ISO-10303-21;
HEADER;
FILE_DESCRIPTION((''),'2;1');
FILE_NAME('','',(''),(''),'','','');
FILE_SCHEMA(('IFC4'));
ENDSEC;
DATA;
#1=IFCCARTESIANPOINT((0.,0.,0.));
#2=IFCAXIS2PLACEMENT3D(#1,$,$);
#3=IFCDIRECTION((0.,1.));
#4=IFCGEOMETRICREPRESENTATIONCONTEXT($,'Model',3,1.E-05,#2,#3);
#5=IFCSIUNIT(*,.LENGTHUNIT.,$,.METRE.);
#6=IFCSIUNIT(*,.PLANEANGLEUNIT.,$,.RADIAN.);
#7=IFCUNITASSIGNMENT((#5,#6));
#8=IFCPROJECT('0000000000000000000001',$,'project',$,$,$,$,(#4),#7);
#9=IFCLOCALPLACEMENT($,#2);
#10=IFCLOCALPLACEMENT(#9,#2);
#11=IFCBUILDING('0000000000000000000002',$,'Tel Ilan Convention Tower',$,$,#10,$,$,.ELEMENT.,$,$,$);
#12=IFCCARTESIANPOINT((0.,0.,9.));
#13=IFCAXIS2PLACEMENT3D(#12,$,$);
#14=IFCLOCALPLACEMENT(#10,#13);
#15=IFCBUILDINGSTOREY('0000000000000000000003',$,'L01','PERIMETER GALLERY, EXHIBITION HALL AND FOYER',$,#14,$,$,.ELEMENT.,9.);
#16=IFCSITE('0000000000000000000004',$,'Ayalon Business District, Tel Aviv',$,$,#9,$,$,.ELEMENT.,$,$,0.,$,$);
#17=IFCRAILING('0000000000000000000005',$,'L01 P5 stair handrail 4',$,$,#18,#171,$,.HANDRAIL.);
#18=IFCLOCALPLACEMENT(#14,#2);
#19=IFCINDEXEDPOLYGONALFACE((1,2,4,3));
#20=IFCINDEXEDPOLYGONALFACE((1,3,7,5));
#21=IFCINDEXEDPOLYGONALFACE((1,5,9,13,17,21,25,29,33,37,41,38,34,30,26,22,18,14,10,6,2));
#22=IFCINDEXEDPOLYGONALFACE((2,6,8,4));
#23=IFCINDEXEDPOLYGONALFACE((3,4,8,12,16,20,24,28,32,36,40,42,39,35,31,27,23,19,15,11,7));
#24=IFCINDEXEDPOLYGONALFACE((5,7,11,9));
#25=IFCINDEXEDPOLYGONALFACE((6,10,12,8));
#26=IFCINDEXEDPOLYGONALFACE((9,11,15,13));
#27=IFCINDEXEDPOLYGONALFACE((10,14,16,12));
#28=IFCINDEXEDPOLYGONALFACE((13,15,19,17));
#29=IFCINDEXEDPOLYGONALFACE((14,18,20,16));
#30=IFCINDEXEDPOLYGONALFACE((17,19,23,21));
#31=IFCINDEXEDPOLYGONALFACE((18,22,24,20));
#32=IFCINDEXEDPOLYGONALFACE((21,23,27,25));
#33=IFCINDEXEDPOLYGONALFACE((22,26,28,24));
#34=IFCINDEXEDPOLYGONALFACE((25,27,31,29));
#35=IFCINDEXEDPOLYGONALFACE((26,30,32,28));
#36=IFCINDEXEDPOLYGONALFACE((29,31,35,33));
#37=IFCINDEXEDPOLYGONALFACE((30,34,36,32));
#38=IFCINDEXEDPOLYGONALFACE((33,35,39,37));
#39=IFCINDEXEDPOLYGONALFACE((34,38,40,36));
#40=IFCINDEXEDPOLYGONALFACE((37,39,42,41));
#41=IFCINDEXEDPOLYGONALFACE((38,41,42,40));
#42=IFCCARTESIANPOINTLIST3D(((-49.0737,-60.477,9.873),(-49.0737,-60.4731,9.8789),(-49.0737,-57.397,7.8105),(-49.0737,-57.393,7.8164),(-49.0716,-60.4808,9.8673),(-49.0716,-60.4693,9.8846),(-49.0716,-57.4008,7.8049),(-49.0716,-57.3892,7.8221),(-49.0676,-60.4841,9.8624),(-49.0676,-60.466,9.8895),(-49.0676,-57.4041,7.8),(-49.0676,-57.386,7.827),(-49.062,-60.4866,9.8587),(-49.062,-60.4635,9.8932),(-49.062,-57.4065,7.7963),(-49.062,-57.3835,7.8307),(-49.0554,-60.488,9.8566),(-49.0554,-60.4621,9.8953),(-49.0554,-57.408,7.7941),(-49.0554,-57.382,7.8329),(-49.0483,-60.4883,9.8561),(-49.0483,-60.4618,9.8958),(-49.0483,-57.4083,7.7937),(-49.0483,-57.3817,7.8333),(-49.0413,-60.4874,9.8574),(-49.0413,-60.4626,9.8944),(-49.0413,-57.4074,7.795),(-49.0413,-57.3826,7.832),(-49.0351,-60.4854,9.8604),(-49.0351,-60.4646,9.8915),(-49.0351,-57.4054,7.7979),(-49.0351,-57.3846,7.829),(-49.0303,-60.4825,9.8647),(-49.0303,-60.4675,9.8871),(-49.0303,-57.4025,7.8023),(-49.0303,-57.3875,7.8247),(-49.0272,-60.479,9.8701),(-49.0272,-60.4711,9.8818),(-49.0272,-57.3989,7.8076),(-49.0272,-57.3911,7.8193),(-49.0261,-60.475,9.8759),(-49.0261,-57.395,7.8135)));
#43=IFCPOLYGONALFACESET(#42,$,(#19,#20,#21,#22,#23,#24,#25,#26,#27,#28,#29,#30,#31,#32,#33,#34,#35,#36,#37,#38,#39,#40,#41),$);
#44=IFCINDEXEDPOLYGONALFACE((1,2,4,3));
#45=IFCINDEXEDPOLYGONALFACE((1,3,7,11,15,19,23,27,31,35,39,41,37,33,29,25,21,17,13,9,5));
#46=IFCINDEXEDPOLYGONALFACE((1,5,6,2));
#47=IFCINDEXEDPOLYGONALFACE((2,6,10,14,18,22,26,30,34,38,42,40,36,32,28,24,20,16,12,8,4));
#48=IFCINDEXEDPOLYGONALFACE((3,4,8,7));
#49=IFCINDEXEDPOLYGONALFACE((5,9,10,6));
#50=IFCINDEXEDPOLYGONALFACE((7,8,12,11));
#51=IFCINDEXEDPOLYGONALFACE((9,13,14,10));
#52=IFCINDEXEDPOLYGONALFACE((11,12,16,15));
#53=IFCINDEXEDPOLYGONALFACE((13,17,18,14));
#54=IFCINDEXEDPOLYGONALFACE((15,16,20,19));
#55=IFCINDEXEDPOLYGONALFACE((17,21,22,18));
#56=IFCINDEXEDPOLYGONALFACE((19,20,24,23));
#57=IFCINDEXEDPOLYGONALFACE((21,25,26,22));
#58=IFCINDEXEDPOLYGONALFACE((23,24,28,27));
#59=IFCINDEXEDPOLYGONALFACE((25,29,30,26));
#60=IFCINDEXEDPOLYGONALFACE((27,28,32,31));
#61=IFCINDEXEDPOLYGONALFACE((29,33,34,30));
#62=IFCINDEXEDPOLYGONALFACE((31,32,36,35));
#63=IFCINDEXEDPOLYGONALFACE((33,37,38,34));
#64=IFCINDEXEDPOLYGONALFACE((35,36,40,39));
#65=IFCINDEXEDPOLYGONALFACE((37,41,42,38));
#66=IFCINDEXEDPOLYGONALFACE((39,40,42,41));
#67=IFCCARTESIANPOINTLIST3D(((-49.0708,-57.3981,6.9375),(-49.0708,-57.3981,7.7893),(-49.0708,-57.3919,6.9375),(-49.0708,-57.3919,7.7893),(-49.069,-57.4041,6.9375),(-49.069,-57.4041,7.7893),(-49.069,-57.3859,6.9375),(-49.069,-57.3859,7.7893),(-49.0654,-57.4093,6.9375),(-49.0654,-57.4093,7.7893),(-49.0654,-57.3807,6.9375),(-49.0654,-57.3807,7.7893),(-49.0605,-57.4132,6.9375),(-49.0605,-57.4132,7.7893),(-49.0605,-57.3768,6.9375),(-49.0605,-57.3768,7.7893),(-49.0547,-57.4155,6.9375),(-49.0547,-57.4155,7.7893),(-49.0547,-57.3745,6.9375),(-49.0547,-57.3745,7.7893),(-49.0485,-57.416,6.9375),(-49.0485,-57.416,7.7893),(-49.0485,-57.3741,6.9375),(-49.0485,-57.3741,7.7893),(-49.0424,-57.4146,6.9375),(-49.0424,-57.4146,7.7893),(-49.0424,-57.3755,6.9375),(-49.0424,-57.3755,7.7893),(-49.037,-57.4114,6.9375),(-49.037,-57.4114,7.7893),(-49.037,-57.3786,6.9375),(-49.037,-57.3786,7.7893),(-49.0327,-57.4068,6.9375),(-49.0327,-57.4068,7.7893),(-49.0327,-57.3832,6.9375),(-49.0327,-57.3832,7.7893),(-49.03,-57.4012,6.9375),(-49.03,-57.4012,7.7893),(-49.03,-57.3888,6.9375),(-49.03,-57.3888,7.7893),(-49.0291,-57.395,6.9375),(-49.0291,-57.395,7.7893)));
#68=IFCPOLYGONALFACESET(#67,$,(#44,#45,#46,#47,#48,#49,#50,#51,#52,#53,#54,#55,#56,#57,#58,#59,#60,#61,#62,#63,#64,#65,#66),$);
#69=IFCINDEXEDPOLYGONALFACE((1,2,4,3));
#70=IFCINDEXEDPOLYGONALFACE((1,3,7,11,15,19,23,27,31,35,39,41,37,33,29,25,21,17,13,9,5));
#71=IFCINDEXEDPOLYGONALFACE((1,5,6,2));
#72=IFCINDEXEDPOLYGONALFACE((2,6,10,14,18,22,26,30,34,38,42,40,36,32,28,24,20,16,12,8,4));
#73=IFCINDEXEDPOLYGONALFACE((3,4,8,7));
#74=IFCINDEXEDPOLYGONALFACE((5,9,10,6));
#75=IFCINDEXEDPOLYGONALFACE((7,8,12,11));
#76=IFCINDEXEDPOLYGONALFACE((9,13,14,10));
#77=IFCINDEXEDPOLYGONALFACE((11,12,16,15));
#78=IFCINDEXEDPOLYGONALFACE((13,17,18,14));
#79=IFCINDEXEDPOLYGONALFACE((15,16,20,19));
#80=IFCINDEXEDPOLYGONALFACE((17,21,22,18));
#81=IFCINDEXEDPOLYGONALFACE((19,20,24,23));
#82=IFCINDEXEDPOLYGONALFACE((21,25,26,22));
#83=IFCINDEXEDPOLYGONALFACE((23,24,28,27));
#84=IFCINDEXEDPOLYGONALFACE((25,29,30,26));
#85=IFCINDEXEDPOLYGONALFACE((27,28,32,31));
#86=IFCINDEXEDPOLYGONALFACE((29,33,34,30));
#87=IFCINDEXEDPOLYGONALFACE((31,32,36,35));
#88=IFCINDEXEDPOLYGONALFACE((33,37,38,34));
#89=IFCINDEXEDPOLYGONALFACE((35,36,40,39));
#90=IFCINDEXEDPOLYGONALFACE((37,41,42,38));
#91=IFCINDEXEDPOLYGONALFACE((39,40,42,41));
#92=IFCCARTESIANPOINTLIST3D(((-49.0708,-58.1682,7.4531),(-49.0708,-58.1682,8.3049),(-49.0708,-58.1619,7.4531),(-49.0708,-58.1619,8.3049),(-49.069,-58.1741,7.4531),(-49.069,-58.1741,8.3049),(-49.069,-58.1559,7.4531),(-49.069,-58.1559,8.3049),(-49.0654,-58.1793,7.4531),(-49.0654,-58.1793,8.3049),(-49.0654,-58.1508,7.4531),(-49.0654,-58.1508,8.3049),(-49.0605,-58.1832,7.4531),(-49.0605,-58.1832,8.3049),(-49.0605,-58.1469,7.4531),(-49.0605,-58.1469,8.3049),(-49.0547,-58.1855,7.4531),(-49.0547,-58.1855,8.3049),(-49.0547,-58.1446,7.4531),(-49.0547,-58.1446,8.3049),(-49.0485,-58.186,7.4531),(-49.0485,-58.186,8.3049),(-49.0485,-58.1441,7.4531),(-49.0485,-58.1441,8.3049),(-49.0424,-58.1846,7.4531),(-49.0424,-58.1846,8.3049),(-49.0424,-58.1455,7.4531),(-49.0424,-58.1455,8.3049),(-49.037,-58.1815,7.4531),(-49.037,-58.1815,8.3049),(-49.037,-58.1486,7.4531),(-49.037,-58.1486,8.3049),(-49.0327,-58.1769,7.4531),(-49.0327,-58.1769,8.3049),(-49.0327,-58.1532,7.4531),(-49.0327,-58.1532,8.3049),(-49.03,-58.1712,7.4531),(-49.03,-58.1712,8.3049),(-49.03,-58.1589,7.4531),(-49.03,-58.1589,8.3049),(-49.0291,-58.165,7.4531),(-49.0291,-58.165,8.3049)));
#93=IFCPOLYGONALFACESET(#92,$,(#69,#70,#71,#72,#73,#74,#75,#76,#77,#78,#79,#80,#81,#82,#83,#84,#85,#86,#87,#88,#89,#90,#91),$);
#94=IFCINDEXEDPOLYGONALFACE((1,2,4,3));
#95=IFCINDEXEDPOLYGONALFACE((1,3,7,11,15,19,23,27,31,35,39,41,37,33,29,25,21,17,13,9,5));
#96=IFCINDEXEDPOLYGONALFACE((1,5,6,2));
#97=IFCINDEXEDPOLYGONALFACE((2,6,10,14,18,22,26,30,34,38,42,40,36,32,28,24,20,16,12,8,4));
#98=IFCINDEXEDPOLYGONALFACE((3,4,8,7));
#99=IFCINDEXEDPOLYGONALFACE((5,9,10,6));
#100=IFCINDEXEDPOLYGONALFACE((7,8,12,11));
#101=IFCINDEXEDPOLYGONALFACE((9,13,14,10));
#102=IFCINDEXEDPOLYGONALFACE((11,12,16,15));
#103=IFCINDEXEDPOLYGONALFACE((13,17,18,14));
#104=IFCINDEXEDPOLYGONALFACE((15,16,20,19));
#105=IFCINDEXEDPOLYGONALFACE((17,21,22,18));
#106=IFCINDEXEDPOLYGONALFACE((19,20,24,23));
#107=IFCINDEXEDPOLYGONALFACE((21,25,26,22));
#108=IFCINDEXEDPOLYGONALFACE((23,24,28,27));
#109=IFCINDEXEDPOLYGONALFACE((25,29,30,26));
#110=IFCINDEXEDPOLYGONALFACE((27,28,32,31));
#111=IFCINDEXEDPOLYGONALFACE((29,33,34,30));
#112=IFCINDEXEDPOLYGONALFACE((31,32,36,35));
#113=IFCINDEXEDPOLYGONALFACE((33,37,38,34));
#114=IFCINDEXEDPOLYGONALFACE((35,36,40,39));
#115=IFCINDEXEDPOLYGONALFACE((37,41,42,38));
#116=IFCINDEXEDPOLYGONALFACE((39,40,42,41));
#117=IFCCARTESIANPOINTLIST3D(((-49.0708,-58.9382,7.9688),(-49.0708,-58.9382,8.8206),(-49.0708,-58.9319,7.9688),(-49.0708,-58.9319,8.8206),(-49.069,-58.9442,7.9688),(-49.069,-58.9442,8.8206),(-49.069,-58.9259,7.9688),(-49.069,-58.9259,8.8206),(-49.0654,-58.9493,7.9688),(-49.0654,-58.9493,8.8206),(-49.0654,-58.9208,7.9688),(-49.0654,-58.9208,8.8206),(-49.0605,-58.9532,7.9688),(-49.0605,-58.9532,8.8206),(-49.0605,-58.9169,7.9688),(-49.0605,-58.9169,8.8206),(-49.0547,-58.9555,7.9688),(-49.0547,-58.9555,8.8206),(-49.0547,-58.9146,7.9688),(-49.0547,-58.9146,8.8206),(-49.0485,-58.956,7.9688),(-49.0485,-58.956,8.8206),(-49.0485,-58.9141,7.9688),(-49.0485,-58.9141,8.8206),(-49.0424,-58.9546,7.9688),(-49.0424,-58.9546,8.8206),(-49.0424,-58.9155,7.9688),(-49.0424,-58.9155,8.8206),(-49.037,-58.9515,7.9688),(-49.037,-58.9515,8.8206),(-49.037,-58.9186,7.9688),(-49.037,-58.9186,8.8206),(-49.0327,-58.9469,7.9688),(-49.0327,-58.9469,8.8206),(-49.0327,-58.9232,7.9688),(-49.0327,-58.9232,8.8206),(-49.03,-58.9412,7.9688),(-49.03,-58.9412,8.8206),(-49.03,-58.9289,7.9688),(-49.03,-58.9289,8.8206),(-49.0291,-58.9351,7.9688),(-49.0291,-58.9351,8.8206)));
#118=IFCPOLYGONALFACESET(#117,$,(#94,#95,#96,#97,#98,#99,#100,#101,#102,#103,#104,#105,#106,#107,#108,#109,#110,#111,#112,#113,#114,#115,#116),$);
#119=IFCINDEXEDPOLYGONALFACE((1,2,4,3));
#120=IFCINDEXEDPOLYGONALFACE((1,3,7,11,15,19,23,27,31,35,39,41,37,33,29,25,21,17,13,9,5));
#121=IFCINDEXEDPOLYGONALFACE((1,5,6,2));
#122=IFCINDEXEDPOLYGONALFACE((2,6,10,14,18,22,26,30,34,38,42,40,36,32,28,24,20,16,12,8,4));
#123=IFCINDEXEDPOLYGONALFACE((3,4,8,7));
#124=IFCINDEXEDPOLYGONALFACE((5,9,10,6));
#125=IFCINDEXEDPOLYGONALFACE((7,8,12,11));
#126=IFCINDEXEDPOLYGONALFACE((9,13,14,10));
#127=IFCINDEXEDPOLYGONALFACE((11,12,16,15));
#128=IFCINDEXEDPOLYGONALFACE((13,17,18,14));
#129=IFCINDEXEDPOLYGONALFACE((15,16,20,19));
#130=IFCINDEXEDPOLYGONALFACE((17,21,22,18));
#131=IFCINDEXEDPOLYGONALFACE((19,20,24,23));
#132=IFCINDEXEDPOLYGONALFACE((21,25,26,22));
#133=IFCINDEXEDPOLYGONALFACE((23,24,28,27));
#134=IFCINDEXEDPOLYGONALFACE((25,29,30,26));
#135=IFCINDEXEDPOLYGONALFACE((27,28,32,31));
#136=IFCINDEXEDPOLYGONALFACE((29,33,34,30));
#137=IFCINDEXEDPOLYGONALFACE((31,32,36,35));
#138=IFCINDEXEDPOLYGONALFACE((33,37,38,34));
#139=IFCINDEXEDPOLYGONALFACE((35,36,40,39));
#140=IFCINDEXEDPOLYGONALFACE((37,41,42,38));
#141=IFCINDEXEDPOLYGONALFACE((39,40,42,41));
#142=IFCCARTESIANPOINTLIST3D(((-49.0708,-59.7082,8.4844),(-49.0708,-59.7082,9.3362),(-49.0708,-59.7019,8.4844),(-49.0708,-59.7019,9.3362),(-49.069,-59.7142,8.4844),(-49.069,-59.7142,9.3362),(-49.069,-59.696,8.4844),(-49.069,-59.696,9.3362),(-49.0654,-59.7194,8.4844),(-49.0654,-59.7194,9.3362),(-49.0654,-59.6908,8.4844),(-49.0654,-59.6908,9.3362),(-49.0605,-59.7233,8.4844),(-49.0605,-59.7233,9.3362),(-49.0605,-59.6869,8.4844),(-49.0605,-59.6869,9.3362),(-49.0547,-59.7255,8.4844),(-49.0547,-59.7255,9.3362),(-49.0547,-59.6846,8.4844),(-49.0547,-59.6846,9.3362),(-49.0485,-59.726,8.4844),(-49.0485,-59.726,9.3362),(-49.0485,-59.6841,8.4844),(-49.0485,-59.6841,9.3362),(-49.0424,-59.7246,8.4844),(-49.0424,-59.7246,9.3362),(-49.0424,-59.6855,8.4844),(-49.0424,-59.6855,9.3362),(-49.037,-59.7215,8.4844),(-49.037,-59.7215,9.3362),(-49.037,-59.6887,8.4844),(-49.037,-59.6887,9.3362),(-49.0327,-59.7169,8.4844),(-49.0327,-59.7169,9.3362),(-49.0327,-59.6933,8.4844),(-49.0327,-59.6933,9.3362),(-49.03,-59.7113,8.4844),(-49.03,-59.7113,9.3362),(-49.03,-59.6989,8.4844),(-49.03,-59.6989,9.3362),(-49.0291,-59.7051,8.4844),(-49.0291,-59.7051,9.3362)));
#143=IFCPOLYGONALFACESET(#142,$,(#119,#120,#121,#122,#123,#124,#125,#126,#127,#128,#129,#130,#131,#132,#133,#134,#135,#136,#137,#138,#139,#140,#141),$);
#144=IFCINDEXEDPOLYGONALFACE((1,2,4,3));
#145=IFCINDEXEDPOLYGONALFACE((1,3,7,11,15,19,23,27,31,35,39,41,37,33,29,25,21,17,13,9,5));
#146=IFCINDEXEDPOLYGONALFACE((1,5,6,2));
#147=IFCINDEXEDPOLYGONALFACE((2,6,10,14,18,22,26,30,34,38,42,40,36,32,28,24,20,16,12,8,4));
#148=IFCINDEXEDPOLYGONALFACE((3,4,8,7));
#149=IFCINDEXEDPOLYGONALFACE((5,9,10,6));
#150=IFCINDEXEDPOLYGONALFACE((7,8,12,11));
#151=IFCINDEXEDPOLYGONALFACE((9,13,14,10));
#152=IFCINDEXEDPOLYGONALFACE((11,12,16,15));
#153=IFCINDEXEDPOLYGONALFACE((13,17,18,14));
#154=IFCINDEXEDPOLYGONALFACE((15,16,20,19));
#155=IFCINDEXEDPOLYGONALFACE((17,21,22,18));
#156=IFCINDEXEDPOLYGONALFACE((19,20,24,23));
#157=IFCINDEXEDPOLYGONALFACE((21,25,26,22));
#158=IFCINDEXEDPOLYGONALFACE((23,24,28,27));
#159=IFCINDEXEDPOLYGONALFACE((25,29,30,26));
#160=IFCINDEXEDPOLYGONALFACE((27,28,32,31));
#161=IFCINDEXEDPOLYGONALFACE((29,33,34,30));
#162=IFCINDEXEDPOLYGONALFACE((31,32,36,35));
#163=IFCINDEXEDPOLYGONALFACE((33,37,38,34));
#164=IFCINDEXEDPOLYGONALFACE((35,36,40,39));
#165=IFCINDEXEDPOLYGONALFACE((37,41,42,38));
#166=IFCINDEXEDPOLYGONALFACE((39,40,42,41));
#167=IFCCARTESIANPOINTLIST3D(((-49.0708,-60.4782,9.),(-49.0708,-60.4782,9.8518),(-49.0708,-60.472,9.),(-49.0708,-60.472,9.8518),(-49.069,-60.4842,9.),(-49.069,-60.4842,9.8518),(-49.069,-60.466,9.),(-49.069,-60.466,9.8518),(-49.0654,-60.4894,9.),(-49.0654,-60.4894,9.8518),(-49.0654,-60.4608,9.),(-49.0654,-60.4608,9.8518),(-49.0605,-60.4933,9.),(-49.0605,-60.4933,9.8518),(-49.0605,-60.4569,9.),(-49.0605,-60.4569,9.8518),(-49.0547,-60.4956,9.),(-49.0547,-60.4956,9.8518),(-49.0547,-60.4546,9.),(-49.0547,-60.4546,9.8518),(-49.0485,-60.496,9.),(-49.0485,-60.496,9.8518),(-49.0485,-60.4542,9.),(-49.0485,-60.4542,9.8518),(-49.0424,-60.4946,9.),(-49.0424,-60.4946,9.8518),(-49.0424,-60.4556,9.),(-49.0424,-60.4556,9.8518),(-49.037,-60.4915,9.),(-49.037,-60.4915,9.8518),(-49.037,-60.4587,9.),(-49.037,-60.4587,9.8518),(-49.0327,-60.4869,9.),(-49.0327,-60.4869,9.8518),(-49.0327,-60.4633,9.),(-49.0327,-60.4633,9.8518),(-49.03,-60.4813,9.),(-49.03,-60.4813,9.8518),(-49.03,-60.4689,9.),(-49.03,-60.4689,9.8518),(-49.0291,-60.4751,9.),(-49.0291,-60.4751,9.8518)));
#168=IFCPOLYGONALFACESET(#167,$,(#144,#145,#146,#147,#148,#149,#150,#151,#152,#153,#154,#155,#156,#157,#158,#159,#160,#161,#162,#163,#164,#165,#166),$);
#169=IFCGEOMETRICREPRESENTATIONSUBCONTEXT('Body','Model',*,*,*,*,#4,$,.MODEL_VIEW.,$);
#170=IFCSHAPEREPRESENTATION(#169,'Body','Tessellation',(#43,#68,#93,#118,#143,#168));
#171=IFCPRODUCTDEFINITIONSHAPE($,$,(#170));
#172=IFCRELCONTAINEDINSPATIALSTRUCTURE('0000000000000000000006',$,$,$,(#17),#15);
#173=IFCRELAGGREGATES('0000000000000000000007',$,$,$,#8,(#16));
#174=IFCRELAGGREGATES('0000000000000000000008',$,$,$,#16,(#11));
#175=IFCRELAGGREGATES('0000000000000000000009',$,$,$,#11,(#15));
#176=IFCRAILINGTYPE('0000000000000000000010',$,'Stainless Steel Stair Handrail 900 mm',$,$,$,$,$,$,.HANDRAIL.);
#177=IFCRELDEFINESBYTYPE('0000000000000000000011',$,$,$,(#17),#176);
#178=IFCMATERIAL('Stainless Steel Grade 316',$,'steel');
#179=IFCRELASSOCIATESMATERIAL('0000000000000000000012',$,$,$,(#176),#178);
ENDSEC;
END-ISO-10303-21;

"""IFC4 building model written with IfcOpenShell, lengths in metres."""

from ifc_helpers import new_model, si_unit, direction, frame, origin, origin_2d, place, context, subcontext, project, spatial, circle, extrude, material, type_object, element, save


model = new_model("IFC4")

# Units and contexts
model_context = context("Model", 3, precision=1e-05, world=origin(), true_north=direction((0.0, 1.0)))
body_context = subcontext(model_context, "Body", "Model", "MODEL_VIEW")
ifc_project = project(units=[si_unit("LENGTHUNIT", "METRE"), si_unit("PLANEANGLEUNIT", "RADIAN")], contexts=[model_context])

# Site, building, storey
site_placement = place(None, origin())
site = spatial("IfcSite", under=ifc_project, at=site_placement, Name="Ayalon Business District, Tel Aviv", CompositionType="ELEMENT", RefElevation=0.0)
building_placement = place(site_placement, origin())
building = spatial("IfcBuilding", under=site, at=building_placement, Name="Tel Ilan Convention Tower", CompositionType="ELEMENT")
storey_placement = place(building_placement, frame((0.0, 0.0, 9.0)))
storey = spatial("IfcBuildingStorey", under=building, at=storey_placement, Name="L01", Description="PERIMETER GALLERY, EXHIBITION HALL AND FOYER", CompositionType="ELEMENT", Elevation=9.0)

# Railing
ifc_material_1 = material(Name="Stainless Steel Grade 316", Category="steel")
railing_type_1 = type_object("IfcRailingType", Name="Stainless Steel Stair Handrail 900 mm", PredefinedType="HANDRAIL", material=ifc_material_1)
railing_1_placement = place(storey_placement, frame((-49.05, -57.395, 6.9375)))
element("IfcRailing", 1, at=railing_1_placement, inside=storey, type_object=railing_type_1, Name="L01 P5 stair handrail 4", PredefinedType="HANDRAIL", context=body_context, shape_type="SweptSolid", body=[
    extrude(circle(Radius=0.0239, at=origin_2d()), frame((0.0, 0.0, 0.876), z_axis=(0.0, -0.830914, 0.556401), x_axis=(1.0, 0.0, 0.0)), (0.0, 0.0, 1.0), 3.7068),
    extrude(circle(Radius=0.021, at=origin_2d()), origin(), (0.0, 0.0, 1.0), 0.8518),
    extrude(circle(Radius=0.021, at=origin_2d()), frame((0.0, -0.77, 0.5156)), (0.0, 0.0, 1.0), 0.8518),
    extrude(circle(Radius=0.021, at=origin_2d()), frame((0.0, -1.54, 1.0312)), (0.0, 0.0, 1.0), 0.8518),
    extrude(circle(Radius=0.021, at=origin_2d()), frame((0.0, -2.3101, 1.5469)), (0.0, 0.0, 1.0), 0.8518),
    extrude(circle(Radius=0.021, at=origin_2d()), frame((0.0, -3.0801, 2.0625)), (0.0, 0.0, 1.0), 0.8518),
])

save(model, "model.ifc")
